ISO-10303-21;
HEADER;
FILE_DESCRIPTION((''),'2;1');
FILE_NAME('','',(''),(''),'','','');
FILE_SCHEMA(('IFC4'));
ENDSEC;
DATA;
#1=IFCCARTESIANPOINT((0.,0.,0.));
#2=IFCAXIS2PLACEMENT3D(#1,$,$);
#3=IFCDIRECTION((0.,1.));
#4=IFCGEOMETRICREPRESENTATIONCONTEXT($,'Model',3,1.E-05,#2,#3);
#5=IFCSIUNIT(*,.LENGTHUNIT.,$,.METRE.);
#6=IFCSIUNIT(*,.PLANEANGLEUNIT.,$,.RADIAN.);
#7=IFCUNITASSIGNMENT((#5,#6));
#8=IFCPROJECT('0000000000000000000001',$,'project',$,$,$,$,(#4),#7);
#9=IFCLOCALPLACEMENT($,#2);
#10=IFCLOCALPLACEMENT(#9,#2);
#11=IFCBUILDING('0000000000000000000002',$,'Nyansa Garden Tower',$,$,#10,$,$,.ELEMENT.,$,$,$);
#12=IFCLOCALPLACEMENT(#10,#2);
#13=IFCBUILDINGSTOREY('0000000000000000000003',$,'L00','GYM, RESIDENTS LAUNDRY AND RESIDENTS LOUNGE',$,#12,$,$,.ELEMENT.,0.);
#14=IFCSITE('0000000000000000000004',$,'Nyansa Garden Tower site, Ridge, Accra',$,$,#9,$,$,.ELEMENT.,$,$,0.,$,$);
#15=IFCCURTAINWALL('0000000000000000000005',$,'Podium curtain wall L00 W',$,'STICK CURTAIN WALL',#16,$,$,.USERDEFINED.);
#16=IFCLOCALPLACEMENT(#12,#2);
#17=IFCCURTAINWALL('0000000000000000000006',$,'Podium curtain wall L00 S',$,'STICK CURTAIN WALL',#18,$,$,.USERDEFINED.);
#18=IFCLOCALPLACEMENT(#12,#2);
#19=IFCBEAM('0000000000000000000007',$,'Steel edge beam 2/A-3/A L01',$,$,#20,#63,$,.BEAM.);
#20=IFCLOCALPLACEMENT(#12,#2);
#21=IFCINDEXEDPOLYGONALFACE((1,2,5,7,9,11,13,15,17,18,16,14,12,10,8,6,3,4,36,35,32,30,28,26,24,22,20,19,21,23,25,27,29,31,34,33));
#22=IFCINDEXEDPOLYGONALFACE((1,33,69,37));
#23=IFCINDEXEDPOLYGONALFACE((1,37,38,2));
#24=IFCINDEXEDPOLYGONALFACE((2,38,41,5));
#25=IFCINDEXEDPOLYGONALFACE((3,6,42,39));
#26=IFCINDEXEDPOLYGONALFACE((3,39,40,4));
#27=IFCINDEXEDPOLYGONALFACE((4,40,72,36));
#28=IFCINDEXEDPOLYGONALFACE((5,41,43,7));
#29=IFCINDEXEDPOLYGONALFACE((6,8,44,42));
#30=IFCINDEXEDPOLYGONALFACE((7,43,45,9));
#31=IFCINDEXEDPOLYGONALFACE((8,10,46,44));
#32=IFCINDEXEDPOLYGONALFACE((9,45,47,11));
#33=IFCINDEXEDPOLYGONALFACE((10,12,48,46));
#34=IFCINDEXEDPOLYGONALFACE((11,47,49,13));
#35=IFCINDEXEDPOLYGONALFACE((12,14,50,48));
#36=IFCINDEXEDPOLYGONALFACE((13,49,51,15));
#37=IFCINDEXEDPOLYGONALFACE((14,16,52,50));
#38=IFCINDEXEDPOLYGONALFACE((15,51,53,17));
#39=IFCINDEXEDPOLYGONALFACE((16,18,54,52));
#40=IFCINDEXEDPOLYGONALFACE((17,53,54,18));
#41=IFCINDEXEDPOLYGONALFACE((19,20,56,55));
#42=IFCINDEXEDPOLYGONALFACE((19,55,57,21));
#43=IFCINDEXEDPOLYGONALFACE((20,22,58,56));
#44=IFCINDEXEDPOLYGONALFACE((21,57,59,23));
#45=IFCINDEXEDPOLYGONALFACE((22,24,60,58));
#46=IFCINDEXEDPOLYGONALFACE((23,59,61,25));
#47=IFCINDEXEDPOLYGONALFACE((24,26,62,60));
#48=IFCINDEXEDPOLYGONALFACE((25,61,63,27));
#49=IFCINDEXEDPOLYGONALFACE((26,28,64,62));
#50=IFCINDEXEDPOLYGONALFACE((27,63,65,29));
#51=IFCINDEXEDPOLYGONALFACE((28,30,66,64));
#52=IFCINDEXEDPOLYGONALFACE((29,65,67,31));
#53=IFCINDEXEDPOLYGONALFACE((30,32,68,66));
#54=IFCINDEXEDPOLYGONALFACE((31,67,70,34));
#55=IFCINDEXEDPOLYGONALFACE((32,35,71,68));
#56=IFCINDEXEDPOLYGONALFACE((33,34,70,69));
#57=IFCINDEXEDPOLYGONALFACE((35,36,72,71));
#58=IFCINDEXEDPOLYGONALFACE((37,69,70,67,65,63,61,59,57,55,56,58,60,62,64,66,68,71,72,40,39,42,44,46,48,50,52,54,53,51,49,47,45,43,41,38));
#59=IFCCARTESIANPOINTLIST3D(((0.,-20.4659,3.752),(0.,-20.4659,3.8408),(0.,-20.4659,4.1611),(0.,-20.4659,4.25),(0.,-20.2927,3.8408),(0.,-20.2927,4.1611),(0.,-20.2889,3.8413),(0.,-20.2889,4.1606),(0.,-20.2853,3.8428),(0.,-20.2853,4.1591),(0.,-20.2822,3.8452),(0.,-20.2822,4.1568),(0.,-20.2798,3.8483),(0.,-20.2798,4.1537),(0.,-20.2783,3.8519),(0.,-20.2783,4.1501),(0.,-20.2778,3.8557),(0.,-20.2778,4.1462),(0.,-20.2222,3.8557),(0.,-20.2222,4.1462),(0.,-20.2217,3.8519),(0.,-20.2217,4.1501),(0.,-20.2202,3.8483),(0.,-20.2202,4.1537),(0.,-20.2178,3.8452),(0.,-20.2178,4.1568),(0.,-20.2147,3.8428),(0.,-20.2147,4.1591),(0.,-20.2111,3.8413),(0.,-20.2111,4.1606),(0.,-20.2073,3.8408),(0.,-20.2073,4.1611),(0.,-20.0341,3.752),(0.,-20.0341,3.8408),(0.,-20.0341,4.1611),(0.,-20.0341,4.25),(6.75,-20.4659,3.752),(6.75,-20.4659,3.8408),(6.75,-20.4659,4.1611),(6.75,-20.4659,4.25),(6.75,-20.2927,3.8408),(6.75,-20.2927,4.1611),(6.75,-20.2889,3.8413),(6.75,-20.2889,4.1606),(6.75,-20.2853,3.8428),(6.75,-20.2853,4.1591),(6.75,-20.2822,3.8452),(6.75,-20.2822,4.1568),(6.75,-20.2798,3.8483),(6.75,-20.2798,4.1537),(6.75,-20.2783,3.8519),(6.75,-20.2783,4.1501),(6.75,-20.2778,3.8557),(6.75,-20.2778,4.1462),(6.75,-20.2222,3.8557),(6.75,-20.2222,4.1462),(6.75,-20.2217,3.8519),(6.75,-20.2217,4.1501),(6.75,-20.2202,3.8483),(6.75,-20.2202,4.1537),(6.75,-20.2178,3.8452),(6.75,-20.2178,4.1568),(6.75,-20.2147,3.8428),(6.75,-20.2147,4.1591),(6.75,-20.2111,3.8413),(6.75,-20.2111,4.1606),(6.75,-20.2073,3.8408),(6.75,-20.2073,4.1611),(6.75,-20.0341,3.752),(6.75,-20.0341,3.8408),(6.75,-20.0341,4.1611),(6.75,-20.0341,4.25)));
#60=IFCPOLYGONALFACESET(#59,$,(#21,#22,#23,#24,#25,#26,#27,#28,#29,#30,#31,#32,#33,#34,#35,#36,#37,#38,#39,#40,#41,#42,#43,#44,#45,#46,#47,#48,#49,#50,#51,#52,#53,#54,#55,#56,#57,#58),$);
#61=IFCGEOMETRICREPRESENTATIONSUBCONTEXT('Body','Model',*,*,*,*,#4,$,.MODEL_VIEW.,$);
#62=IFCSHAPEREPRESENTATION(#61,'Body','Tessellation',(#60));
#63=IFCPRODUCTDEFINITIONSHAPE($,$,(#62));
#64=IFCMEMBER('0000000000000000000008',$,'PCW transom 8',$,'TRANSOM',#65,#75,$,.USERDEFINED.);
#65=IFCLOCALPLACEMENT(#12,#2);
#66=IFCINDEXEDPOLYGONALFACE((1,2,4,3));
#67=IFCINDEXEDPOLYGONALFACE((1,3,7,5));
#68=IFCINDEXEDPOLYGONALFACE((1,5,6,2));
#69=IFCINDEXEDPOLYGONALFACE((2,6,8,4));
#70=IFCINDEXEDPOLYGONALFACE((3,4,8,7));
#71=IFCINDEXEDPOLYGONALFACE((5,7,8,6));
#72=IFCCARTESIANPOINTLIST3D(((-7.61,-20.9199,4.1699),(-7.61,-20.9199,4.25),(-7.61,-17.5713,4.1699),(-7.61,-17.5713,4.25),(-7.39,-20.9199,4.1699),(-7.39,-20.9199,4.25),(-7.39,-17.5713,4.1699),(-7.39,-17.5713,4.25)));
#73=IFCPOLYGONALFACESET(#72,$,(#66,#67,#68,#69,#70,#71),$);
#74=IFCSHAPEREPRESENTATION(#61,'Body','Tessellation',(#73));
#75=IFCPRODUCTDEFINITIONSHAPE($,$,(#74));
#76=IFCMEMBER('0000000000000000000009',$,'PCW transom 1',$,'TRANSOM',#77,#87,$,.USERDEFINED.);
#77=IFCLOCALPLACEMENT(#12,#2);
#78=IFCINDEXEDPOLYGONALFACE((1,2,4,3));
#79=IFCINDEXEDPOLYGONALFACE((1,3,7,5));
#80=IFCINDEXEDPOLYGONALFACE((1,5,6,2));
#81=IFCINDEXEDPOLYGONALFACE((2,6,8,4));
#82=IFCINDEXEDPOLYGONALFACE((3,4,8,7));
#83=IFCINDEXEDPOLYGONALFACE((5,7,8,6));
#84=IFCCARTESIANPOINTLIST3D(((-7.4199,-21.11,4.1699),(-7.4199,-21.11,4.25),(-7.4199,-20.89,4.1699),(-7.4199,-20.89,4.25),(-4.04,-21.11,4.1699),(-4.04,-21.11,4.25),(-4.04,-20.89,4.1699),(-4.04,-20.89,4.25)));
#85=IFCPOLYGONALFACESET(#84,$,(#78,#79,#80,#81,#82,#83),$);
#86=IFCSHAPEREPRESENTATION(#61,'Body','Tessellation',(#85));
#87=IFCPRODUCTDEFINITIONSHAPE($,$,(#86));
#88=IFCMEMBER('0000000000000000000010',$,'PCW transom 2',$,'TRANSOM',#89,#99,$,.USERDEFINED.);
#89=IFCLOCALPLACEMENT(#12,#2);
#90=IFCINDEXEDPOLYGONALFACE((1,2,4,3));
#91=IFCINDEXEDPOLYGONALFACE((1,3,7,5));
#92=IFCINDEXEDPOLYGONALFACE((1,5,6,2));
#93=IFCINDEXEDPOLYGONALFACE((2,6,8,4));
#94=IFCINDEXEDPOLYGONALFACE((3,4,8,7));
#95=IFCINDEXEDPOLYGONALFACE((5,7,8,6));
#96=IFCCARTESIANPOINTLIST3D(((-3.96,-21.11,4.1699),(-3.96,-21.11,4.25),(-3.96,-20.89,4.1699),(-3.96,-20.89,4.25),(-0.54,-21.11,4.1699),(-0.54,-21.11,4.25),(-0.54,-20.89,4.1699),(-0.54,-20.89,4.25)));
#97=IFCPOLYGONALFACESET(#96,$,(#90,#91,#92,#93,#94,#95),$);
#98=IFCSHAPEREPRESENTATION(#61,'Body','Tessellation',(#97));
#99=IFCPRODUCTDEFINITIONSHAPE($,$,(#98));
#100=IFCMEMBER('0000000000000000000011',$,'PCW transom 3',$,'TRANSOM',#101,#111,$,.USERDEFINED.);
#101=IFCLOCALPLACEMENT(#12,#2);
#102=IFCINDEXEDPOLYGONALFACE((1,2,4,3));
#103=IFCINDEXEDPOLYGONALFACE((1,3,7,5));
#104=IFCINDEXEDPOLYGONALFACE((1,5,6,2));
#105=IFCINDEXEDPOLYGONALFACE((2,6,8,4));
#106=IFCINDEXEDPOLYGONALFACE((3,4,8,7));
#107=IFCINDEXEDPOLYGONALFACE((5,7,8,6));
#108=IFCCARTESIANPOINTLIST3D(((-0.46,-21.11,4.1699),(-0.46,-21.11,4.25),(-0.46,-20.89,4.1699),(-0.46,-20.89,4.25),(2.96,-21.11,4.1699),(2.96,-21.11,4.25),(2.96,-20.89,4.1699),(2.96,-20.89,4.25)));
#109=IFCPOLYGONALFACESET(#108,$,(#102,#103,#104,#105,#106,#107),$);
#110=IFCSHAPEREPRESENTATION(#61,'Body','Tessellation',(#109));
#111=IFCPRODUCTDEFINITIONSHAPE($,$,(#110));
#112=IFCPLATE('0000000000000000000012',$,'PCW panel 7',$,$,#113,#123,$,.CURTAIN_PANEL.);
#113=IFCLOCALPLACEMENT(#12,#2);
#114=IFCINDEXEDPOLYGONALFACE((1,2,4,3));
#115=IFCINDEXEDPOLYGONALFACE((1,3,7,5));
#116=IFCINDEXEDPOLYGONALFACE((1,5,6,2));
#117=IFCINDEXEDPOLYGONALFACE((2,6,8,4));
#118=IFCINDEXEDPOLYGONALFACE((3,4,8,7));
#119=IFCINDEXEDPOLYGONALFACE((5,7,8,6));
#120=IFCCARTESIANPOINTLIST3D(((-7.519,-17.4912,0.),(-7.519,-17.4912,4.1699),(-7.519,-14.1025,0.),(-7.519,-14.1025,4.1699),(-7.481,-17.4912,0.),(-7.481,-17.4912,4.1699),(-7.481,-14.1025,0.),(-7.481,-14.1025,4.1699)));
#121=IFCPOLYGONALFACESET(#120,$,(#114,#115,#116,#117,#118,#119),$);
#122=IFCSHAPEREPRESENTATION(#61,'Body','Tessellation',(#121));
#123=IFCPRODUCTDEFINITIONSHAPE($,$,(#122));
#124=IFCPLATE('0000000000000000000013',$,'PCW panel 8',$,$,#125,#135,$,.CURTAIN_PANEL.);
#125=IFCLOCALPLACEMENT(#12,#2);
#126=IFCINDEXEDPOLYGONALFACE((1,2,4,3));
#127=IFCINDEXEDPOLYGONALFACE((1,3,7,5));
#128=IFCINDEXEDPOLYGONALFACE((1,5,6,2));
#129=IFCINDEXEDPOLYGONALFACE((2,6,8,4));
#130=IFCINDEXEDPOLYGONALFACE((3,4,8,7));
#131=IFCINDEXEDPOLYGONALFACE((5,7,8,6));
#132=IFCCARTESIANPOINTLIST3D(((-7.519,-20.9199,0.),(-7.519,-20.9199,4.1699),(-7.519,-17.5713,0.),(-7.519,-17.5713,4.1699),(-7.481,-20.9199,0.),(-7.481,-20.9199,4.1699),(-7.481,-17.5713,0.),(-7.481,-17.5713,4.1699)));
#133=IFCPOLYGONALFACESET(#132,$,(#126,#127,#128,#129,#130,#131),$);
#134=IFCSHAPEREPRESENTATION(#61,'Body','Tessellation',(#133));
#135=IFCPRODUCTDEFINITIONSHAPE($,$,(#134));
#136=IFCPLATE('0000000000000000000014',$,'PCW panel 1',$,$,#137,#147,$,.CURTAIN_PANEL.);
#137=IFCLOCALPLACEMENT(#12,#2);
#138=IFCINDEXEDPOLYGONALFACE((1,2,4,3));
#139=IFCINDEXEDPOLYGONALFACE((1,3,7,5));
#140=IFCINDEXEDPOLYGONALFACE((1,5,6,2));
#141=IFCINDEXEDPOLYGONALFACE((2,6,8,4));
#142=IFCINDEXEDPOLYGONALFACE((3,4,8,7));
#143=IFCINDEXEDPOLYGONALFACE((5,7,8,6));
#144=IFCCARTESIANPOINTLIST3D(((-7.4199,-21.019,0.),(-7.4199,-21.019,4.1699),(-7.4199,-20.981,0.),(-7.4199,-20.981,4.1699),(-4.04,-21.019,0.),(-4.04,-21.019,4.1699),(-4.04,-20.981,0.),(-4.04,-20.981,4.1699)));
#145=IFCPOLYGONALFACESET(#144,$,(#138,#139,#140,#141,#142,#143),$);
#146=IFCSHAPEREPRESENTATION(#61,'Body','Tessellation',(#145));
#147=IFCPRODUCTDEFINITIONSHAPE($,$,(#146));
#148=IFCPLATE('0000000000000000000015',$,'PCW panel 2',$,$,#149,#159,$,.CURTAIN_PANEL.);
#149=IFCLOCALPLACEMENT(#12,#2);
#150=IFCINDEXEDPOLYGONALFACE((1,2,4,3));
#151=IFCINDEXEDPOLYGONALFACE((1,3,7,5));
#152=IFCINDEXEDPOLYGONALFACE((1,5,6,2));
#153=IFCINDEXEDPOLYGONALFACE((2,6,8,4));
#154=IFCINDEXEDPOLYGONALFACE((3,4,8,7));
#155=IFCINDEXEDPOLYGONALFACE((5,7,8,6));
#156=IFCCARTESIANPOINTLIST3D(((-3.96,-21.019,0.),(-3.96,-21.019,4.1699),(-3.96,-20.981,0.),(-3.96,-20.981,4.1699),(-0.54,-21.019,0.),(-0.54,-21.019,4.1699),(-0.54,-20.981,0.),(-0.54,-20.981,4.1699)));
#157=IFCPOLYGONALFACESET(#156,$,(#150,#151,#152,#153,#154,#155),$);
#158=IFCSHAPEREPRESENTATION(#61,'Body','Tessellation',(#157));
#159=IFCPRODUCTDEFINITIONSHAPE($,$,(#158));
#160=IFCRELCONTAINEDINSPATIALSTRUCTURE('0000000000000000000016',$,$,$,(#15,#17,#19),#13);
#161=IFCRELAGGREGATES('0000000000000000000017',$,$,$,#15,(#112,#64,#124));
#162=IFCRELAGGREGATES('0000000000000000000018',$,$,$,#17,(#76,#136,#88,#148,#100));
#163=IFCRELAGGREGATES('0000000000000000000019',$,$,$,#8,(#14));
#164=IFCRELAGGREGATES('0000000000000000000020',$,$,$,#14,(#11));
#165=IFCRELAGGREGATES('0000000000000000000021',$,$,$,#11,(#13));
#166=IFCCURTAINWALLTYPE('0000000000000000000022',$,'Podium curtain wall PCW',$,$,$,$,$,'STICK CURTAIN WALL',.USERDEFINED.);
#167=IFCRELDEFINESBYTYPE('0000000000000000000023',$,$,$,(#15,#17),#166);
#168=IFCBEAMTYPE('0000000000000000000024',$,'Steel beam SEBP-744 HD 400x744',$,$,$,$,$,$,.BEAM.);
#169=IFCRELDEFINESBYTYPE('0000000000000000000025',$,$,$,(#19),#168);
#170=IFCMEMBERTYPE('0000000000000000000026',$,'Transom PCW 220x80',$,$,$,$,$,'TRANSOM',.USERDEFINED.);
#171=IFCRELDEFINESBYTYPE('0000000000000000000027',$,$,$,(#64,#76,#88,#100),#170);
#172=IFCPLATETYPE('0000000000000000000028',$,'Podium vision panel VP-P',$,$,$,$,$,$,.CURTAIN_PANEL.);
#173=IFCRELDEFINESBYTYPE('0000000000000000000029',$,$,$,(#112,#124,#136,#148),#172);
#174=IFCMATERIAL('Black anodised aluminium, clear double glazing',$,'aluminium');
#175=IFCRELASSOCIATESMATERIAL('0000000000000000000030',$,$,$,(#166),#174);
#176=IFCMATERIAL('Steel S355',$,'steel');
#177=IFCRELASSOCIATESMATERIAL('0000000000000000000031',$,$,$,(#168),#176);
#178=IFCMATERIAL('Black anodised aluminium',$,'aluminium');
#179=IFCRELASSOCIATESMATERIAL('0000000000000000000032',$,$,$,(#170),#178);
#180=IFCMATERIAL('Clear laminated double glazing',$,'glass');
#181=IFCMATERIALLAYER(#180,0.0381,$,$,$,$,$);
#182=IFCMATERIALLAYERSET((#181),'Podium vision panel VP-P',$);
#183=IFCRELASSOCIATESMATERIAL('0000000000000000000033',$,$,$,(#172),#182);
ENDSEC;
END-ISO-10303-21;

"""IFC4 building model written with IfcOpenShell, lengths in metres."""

from ifc_helpers import new_model, si_unit, direction, frame, origin, origin_2d, place, context, subcontext, project, spatial, rectangle, i_section, extrude, material, layer, layer_set, material_profile, profile_set, type_object, element, aggregate, save


model = new_model("IFC4")

# Units and contexts
model_context = context("Model", 3, precision=1e-05, world=origin(), true_north=direction((0.0, 1.0)))
body_context = subcontext(model_context, "Body", "Model", "MODEL_VIEW")
ifc_project = project(units=[si_unit("LENGTHUNIT", "METRE"), si_unit("PLANEANGLEUNIT", "RADIAN")], contexts=[model_context])

# Site, building, storey
site_placement = place(None, origin())
site = spatial("IfcSite", under=ifc_project, at=site_placement, Name="Nyansa Garden Tower site, Ridge, Accra", CompositionType="ELEMENT", RefElevation=0.0)
building_placement = place(site_placement, origin())
building = spatial("IfcBuilding", under=site, at=building_placement, Name="Nyansa Garden Tower", CompositionType="ELEMENT")
storey_placement = place(building_placement, origin())
storey = spatial("IfcBuildingStorey", under=building, at=storey_placement, Name="L00", Description="GYM, RESIDENTS LAUNDRY AND RESIDENTS LOUNGE", CompositionType="ELEMENT", Elevation=0.0)

# Curtain walls
ifc_material_1 = material(Name="Black anodised aluminium, clear double glazing", Category="aluminium")
curtain_wall_type = type_object("IfcCurtainWallType", Name="Podium curtain wall PCW", ElementType="STICK CURTAIN WALL", PredefinedType="USERDEFINED", material=ifc_material_1)
curtain_wall_1_placement = place(storey_placement, origin())
curtain_wall_1 = element("IfcCurtainWall", 1, at=curtain_wall_1_placement, inside=storey, type_object=curtain_wall_type, Name="Podium curtain wall L00 W", ObjectType="STICK CURTAIN WALL", PredefinedType="USERDEFINED")
curtain_wall_2_placement = place(storey_placement, origin())
curtain_wall_2 = element("IfcCurtainWall", 2, at=curtain_wall_2_placement, inside=storey, type_object=curtain_wall_type, Name="Podium curtain wall L00 S", ObjectType="STICK CURTAIN WALL", PredefinedType="USERDEFINED")

# Beam
ifc_material_2 = material(Name="Steel S355", Category="steel")
ifc_material_profile_1 = material_profile(ifc_material_2, i_section(OverallWidth=0.4319, OverallDepth=0.498, WebThickness=0.0557, FlangeThickness=0.0889, FilletRadius=0.0149, at=origin_2d()), Name="HD 400x744")
ifc_profile_set_1 = profile_set([ifc_material_profile_1], Name="Steel S355")
beam_type_1 = type_object("IfcBeamType", Name="Steel beam SEBP-744 HD 400x744", PredefinedType="BEAM", material=ifc_profile_set_1)
for number, where, z_axis, x_axis, name in (
    (3, (0.0, -20.25, 4.001), (1.0, 0.0, 0.0), (0.0, 1.0, 0.0), "Steel edge beam 2/A-3/A L01"),
):
    element("IfcBeam", number, at=place(storey_placement, frame(where, z_axis=z_axis, x_axis=x_axis)), inside=storey, type_object=beam_type_1, Name=name, PredefinedType="BEAM", context=body_context, shape_type="SweptSolid", body=[
        extrude(i_section(OverallWidth=0.4319, OverallDepth=0.498, WebThickness=0.0557, FlangeThickness=0.0889, FilletRadius=0.0149, at=origin_2d()), origin(), (0.0, 0.0, 1.0), 6.75),
    ])

# Members
ifc_material_3 = material(Name="Black anodised aluminium", Category="aluminium")
ifc_material_profile_2 = material_profile(ifc_material_3, rectangle(XDim=0.22, YDim=0.0801, at=origin_2d()), Name="Transom 220x80")
ifc_profile_set_2 = profile_set([ifc_material_profile_2], Name="Black anodised aluminium")
member_type_1 = type_object("IfcMemberType", Name="Transom PCW 220x80", ElementType="TRANSOM", PredefinedType="USERDEFINED", material=ifc_profile_set_2)
member_1_placement = place(storey_placement, frame((-7.5, -17.5713, 4.21), z_axis=(0.0, -1.0, 0.0), x_axis=(1.0, 0.0, 0.0)))
member_1 = element("IfcMember", 4, at=member_1_placement, type_object=member_type_1, Name="PCW transom 8", ObjectType="TRANSOM", PredefinedType="USERDEFINED", context=body_context, shape_type="SweptSolid", body=[
    extrude(rectangle(XDim=0.22, YDim=0.0801, at=origin_2d()), origin(), (0.0, 0.0, 1.0), 3.3486),
])
member_2_placement = place(storey_placement, frame((-7.4199, -21.0, 4.21), z_axis=(1.0, 0.0, 0.0), x_axis=(0.0, 1.0, 0.0)))
member_2 = element("IfcMember", 5, at=member_2_placement, type_object=member_type_1, Name="PCW transom 1", ObjectType="TRANSOM", PredefinedType="USERDEFINED", context=body_context, shape_type="SweptSolid", body=[
    extrude(rectangle(XDim=0.22, YDim=0.0801, at=origin_2d()), origin(), (0.0, 0.0, 1.0), 3.3799),
])
member_3_placement = place(storey_placement, frame((-3.96, -21.0, 4.21), z_axis=(1.0, 0.0, 0.0), x_axis=(0.0, 1.0, 0.0)))
member_3 = element("IfcMember", 6, at=member_3_placement, type_object=member_type_1, Name="PCW transom 2", ObjectType="TRANSOM", PredefinedType="USERDEFINED", context=body_context, shape_type="SweptSolid", body=[
    extrude(rectangle(XDim=0.22, YDim=0.0801, at=origin_2d()), origin(), (0.0, 0.0, 1.0), 3.4199),
])
member_4_placement = place(storey_placement, frame((-0.46, -21.0, 4.21), z_axis=(1.0, 0.0, 0.0), x_axis=(0.0, 1.0, 0.0)))
member_4 = element("IfcMember", 7, at=member_4_placement, type_object=member_type_1, Name="PCW transom 3", ObjectType="TRANSOM", PredefinedType="USERDEFINED", context=body_context, shape_type="SweptSolid", body=[
    extrude(rectangle(XDim=0.22, YDim=0.0801, at=origin_2d()), origin(), (0.0, 0.0, 1.0), 3.4199),
])

# Plates
ifc_material_4 = material(Name="Clear laminated double glazing", Category="glass")
ifc_layer = layer(ifc_material_4, 0.0381)
ifc_layer_set = layer_set([ifc_layer], Name="Podium vision panel VP-P")
plate_type = type_object("IfcPlateType", Name="Podium vision panel VP-P", PredefinedType="CURTAIN_PANEL", material=ifc_layer_set)
plate_1_placement = place(storey_placement, frame((-7.5, -15.7969, 0.0), z_axis=(0.0, 0.0, 1.0), x_axis=(0.0, -1.0, 0.0)))
plate_1 = element("IfcPlate", 8, at=plate_1_placement, type_object=plate_type, Name="PCW panel 7", PredefinedType="CURTAIN_PANEL", context=body_context, shape_type="SweptSolid", body=[
    extrude(rectangle(XDim=3.3887, YDim=0.0381, at=origin_2d()), origin(), (0.0, 0.0, 1.0), 4.1699),
])
plate_2_placement = place(storey_placement, frame((-7.5, -19.2456, 0.0), z_axis=(0.0, 0.0, 1.0), x_axis=(0.0, -1.0, 0.0)))
plate_2 = element("IfcPlate", 9, at=plate_2_placement, type_object=plate_type, Name="PCW panel 8", PredefinedType="CURTAIN_PANEL", context=body_context, shape_type="SweptSolid", body=[
    extrude(rectangle(XDim=3.3486, YDim=0.0381, at=origin_2d()), origin(), (0.0, 0.0, 1.0), 4.1699),
])
aggregate(curtain_wall_1, [plate_1, member_1, plate_2])
plate_3_placement = place(storey_placement, frame((-5.73, -21.0, 0.0), z_axis=(0.0, 0.0, 1.0), x_axis=(1.0, 0.0, 0.0)))
plate_3 = element("IfcPlate", 10, at=plate_3_placement, type_object=plate_type, Name="PCW panel 1", PredefinedType="CURTAIN_PANEL", context=body_context, shape_type="SweptSolid", body=[
    extrude(rectangle(XDim=3.3799, YDim=0.0381, at=origin_2d()), origin(), (0.0, 0.0, 1.0), 4.1699),
])
plate_4_placement = place(storey_placement, frame((-2.25, -21.0, 0.0), z_axis=(0.0, 0.0, 1.0), x_axis=(1.0, 0.0, 0.0)))
plate_4 = element("IfcPlate", 11, at=plate_4_placement, type_object=plate_type, Name="PCW panel 2", PredefinedType="CURTAIN_PANEL", context=body_context, shape_type="SweptSolid", body=[
    extrude(rectangle(XDim=3.4199, YDim=0.0381, at=origin_2d()), origin(), (0.0, 0.0, 1.0), 4.1699),
])
aggregate(curtain_wall_2, [member_2, plate_3, member_3, plate_4, member_4])

save(model, "model.ifc")
